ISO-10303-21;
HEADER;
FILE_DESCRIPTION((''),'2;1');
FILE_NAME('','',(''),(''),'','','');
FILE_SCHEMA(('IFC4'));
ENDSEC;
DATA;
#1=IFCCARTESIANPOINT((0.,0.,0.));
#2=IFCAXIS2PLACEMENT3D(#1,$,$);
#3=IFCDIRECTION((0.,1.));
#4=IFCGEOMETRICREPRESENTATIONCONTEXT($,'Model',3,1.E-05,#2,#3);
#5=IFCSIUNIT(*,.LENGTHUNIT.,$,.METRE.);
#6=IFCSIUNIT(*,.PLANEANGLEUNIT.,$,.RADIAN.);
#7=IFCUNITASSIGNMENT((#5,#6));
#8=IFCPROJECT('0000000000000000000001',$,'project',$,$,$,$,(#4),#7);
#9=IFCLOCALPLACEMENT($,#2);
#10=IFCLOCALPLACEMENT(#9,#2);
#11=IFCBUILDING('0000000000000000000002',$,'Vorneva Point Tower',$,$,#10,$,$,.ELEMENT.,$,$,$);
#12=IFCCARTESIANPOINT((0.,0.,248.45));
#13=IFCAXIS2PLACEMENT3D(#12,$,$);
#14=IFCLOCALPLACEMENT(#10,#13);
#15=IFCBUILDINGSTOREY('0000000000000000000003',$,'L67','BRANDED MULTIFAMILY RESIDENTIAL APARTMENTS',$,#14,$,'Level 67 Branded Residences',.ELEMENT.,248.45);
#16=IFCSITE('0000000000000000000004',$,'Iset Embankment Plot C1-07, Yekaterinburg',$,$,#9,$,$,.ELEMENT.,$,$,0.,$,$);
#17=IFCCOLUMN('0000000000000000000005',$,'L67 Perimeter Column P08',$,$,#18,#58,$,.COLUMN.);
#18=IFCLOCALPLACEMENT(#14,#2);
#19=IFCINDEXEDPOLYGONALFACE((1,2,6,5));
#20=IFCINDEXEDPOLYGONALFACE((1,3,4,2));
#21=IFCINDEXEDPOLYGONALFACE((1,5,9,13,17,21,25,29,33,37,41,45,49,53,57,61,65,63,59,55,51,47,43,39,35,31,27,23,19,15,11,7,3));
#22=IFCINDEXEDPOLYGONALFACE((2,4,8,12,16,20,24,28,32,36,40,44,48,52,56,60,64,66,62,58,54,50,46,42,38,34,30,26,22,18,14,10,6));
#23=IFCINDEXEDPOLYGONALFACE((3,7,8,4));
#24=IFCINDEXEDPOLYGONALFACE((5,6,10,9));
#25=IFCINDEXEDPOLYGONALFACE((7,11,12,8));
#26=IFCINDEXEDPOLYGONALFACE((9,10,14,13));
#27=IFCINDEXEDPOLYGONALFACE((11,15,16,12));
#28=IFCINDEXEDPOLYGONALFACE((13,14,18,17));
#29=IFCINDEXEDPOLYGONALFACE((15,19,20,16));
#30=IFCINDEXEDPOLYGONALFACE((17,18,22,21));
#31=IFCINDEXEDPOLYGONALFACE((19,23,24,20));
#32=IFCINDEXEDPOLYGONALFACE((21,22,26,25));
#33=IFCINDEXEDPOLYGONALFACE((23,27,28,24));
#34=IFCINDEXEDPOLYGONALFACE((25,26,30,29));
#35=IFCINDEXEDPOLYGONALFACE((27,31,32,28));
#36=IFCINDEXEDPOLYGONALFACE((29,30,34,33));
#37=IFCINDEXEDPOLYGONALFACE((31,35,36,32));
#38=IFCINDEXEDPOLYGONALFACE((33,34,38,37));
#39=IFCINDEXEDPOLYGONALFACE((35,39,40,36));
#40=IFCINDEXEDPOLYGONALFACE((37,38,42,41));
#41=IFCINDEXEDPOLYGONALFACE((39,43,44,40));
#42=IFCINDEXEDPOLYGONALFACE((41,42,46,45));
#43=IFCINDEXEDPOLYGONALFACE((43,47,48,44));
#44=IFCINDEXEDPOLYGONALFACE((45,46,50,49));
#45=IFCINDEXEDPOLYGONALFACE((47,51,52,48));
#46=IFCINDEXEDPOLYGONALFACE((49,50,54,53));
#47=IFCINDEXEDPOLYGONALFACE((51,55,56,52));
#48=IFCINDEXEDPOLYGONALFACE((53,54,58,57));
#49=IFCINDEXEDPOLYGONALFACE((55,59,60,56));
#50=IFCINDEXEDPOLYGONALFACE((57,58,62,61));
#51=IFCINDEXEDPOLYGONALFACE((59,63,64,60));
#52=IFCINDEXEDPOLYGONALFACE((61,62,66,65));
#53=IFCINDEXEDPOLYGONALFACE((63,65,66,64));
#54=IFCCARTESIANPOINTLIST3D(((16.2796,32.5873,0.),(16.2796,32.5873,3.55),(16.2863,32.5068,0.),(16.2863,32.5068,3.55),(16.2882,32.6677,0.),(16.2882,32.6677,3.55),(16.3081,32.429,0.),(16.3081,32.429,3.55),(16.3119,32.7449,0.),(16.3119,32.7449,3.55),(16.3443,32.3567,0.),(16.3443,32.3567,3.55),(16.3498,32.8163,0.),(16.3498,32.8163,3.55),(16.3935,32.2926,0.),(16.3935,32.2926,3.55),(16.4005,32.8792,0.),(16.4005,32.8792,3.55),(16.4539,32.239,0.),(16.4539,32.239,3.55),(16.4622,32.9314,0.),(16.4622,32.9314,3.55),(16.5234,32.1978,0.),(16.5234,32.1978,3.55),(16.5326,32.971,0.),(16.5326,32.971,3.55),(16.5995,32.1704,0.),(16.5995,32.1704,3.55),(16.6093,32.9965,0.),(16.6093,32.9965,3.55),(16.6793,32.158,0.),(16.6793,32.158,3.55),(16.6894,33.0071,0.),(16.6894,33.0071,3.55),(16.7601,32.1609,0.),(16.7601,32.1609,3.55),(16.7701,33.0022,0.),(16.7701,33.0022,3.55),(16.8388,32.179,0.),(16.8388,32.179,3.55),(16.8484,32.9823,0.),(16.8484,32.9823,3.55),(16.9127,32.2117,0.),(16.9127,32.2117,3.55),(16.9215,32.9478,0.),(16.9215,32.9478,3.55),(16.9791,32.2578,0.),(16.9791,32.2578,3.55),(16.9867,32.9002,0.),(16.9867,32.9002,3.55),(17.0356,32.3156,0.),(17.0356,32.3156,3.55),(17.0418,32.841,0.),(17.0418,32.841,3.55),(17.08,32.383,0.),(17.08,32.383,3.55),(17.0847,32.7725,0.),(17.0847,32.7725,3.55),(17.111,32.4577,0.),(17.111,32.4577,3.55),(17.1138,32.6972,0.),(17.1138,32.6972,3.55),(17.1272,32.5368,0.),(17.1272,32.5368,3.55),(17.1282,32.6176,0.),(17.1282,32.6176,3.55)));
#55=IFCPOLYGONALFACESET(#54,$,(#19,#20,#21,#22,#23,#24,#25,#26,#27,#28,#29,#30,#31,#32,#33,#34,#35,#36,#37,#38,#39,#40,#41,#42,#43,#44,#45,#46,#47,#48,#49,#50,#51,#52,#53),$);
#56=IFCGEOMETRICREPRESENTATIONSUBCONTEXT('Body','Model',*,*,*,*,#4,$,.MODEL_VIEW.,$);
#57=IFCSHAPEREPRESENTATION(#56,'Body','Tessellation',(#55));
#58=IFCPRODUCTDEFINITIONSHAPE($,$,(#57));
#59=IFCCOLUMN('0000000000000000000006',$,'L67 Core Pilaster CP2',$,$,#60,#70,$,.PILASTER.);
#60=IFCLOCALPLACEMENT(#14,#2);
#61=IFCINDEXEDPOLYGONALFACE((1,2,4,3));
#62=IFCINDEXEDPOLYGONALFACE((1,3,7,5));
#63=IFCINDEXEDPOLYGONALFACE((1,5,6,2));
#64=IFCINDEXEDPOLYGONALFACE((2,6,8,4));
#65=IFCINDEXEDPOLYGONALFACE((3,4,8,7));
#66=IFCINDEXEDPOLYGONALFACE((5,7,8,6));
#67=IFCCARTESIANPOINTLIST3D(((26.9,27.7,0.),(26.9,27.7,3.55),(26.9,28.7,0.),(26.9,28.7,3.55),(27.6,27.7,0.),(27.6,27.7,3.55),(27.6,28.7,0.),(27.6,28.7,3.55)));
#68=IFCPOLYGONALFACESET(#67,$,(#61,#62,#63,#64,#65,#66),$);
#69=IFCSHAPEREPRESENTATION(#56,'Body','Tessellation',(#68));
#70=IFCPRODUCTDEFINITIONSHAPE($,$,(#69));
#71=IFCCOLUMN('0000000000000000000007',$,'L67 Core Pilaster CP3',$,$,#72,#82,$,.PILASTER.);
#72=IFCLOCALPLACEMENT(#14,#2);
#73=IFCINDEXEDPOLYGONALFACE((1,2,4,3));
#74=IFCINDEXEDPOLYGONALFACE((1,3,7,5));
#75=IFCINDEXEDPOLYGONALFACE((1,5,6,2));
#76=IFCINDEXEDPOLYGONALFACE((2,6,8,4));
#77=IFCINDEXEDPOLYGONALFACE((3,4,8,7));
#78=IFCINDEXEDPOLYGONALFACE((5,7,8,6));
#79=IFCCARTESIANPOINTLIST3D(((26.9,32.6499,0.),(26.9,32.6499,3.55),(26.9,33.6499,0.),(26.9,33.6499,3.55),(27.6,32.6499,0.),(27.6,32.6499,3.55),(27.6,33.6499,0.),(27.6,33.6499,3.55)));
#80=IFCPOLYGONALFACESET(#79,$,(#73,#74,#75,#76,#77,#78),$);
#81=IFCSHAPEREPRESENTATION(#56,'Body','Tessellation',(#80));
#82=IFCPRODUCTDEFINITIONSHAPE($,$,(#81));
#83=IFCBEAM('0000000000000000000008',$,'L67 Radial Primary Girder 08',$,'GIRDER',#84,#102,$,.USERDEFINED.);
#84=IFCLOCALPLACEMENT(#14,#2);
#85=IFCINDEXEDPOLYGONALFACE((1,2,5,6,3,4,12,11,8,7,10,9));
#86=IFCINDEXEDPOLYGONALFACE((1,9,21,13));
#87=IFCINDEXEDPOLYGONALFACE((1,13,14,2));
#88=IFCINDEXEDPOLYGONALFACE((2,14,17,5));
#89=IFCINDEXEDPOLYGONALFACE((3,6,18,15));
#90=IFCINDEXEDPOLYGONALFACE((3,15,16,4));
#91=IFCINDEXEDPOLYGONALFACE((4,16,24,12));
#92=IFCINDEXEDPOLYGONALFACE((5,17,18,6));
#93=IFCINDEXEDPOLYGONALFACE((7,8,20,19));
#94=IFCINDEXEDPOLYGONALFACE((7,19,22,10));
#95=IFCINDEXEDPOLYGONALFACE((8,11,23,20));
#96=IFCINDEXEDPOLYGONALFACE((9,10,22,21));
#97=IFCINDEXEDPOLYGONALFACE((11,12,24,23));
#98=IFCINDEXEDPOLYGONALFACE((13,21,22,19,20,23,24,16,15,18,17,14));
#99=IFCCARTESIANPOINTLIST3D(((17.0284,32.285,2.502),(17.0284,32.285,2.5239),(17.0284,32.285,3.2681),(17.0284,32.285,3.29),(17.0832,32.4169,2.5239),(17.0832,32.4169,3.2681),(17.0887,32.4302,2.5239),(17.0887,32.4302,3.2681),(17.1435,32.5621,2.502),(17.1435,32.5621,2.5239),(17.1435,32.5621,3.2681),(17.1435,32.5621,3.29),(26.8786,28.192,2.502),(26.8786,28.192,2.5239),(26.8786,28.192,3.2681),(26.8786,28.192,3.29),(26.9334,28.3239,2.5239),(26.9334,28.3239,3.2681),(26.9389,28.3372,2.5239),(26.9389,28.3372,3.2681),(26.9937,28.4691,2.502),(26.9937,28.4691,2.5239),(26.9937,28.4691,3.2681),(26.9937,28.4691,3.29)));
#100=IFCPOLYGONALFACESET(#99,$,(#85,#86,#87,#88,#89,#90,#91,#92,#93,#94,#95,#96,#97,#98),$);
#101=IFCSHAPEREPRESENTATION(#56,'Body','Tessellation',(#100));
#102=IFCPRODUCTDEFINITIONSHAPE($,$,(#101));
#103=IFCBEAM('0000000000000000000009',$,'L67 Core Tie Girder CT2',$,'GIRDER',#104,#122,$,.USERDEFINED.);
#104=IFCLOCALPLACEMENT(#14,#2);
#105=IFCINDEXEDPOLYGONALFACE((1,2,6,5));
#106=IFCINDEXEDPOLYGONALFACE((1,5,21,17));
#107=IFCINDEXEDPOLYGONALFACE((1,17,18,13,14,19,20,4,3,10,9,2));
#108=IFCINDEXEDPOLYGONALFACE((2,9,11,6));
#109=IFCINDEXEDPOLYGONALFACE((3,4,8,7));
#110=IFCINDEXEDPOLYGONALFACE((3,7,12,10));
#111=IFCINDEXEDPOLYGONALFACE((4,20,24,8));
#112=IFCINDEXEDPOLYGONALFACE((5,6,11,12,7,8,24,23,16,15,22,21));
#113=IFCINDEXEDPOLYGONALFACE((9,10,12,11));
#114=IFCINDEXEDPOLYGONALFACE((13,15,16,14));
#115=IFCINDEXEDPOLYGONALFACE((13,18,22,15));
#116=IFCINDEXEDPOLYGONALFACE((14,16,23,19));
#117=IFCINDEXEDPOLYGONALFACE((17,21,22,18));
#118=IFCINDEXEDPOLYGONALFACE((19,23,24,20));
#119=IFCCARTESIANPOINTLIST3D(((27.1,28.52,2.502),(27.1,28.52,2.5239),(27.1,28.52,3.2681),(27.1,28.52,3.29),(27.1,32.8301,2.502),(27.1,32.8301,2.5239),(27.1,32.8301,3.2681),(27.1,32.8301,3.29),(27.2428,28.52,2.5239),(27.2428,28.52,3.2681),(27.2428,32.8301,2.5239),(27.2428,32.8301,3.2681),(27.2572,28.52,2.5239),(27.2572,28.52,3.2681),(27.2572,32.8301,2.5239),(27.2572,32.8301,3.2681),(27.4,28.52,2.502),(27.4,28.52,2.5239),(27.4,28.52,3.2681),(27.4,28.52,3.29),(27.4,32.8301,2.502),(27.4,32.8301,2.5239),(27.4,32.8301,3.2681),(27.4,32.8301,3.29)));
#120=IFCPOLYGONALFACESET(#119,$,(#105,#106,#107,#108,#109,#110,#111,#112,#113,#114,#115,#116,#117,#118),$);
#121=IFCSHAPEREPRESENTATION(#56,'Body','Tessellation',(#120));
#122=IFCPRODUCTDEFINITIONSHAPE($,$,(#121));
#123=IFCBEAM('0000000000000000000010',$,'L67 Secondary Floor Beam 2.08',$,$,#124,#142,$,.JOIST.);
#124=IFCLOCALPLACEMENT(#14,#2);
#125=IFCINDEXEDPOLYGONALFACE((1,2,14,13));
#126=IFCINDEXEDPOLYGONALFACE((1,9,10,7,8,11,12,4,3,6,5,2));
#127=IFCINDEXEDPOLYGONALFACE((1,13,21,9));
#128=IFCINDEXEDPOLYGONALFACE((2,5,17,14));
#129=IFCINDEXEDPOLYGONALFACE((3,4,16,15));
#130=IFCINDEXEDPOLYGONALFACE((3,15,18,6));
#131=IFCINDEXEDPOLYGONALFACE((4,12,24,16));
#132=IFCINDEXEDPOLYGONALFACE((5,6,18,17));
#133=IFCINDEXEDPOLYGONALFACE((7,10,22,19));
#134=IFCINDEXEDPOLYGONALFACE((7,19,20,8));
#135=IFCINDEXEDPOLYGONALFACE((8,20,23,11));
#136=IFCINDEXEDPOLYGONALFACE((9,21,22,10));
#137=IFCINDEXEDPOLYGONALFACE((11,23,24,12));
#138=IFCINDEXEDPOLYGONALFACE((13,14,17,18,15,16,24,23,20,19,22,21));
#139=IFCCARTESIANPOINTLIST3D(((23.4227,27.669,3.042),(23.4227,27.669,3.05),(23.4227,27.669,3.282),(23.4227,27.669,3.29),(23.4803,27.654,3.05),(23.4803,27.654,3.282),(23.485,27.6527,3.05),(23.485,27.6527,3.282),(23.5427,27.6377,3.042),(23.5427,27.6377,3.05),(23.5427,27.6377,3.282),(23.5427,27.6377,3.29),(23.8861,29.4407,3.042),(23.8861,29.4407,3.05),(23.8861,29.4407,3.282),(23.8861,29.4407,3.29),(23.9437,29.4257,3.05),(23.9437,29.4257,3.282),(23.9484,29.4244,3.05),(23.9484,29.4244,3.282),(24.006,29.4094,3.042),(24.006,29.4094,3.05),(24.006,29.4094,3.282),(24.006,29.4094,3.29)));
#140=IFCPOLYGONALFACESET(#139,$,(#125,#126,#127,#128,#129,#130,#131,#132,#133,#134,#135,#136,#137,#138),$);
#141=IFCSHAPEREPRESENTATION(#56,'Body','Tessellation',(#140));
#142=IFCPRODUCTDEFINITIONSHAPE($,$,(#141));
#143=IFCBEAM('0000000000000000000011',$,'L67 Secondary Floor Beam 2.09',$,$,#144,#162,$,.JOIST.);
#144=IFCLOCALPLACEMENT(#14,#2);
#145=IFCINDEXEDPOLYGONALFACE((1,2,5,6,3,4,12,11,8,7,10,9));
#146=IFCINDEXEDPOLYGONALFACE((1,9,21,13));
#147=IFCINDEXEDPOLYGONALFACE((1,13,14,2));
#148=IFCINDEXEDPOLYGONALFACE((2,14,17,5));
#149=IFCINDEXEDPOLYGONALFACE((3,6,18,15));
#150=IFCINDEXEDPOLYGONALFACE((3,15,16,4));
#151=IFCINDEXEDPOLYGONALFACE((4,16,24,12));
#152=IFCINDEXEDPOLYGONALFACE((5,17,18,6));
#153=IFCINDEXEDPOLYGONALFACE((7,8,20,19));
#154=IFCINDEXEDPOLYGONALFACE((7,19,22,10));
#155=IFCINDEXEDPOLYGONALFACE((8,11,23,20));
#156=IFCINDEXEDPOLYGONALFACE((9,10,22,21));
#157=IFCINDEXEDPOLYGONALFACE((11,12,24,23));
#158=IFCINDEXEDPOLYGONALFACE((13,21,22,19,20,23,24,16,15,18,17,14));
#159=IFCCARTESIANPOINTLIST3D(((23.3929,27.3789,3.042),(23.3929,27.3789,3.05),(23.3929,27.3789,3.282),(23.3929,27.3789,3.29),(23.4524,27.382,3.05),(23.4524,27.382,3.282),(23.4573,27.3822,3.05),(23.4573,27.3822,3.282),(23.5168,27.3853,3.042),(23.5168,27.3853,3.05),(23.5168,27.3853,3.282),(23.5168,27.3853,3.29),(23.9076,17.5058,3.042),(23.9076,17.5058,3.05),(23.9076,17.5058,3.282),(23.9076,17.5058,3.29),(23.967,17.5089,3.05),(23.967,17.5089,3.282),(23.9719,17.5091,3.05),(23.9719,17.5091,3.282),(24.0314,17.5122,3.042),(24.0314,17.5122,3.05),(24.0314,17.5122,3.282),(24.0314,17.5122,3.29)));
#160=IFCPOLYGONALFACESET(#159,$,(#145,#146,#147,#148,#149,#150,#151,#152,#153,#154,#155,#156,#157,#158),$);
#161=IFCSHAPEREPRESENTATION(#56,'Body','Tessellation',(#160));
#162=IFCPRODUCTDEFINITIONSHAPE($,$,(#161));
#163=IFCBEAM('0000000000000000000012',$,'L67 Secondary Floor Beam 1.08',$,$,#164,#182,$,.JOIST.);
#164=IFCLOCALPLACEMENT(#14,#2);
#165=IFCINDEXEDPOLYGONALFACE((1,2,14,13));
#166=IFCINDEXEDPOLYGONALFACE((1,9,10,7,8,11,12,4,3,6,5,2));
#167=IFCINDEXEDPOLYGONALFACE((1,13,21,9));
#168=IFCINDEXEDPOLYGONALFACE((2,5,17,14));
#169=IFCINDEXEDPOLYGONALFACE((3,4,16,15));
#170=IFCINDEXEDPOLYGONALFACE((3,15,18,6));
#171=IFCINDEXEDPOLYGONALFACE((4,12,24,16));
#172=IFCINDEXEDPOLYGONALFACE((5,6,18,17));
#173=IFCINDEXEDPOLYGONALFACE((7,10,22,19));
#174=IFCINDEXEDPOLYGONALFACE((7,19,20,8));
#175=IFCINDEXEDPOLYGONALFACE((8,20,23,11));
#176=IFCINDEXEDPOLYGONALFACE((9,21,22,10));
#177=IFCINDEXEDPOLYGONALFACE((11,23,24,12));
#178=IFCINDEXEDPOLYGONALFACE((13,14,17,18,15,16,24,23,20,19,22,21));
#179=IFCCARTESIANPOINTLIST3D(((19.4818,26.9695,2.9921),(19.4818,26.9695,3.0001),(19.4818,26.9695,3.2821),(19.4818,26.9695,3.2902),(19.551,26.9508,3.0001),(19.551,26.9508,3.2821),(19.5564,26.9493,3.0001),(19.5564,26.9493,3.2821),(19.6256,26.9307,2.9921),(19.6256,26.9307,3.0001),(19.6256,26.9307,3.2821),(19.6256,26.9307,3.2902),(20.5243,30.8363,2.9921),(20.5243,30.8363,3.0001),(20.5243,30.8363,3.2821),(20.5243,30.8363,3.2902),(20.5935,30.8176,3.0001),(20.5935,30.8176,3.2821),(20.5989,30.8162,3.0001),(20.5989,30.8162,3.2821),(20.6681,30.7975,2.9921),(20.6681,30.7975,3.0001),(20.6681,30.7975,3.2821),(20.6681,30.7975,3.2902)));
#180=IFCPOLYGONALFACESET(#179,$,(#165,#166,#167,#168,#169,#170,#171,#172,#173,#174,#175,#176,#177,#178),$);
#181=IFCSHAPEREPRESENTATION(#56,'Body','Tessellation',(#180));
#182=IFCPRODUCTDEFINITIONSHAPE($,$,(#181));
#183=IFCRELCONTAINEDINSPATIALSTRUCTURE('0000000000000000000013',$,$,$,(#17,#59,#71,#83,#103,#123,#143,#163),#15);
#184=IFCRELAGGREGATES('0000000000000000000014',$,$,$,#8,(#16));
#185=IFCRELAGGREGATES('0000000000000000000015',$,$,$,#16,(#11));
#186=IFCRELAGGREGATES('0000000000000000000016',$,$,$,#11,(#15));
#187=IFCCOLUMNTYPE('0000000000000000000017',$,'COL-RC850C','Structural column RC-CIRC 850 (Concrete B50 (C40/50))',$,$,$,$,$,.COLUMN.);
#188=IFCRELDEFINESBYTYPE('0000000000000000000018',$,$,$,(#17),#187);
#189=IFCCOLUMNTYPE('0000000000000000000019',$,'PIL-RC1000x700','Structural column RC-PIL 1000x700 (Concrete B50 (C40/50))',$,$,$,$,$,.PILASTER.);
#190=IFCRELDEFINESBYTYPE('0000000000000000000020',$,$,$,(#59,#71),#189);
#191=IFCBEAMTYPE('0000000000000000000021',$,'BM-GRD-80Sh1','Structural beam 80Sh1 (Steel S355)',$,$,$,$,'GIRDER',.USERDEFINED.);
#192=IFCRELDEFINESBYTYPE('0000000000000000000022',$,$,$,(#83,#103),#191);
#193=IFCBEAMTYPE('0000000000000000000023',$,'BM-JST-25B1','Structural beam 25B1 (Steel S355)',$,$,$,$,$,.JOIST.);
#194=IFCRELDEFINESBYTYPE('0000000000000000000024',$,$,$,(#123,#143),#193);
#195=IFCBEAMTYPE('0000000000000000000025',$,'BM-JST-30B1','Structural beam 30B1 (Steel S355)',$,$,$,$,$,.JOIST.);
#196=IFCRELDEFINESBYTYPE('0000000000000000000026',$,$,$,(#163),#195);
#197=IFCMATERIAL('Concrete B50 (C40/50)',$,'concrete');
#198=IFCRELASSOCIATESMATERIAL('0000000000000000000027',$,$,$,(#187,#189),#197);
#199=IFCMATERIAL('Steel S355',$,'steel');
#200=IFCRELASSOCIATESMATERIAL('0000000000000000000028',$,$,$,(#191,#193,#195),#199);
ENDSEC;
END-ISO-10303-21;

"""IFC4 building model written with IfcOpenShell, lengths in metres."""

from ifc_helpers import new_model, si_unit, direction, frame, origin, origin_2d, place, context, subcontext, project, spatial, rectangle, circle, i_section, extrude, material, material_profile, profile_set, type_object, element, save


model = new_model("IFC4")

# Units and contexts
model_context = context("Model", 3, precision=1e-05, world=origin(), true_north=direction((0.0, 1.0)))
body_context = subcontext(model_context, "Body", "Model", "MODEL_VIEW")
ifc_project = project(units=[si_unit("LENGTHUNIT", "METRE"), si_unit("PLANEANGLEUNIT", "RADIAN")], contexts=[model_context])

# Site, building, storey
site_placement = place(None, origin())
site = spatial("IfcSite", under=ifc_project, at=site_placement, Name="Iset Embankment Plot C1-07, Yekaterinburg", CompositionType="ELEMENT", RefElevation=0.0)
building_placement = place(site_placement, origin())
building = spatial("IfcBuilding", under=site, at=building_placement, Name="Vorneva Point Tower", CompositionType="ELEMENT")
storey_placement = place(building_placement, frame((0.0, 0.0, 248.45)))
storey = spatial("IfcBuildingStorey", under=building, at=storey_placement, Name="L67", Description="BRANDED MULTIFAMILY RESIDENTIAL APARTMENTS", LongName="Level 67 Branded Residences", CompositionType="ELEMENT", Elevation=248.45)

# Columns
ifc_material_1 = material(Name="Concrete B50 (C40/50)", Category="concrete")
ifc_material_profile_1 = material_profile(ifc_material_1, circle(Radius=0.425, at=origin_2d()), Name="RC-CIRC 850")
ifc_profile_set_1 = profile_set([ifc_material_profile_1], Name="Concrete B50 (C40/50)")
column_type_1 = type_object("IfcColumnType", Name="COL-RC850C", Description="Structural column RC-CIRC 850 (Concrete B50 (C40/50))", PredefinedType="COLUMN", material=ifc_profile_set_1)
column_placement = place(storey_placement, frame((16.7046, 32.5823, 0.0), z_axis=(0.0, 0.0, 1.0), x_axis=(-0.92388, 0.382683, 0.0)))
element("IfcColumn", 1, at=column_placement, inside=storey, type_object=column_type_1, Name="L67 Perimeter Column P08", PredefinedType="COLUMN", context=body_context, shape_type="SweptSolid", body=[
    extrude(circle(Radius=0.425, at=origin_2d()), origin(), (0.0, 0.0, 1.0), 3.55),
])
ifc_material_profile_2 = material_profile(ifc_material_1, rectangle(XDim=0.7, YDim=1.0, at=origin_2d()), Name="RC-PIL 1000x700")
ifc_profile_set_2 = profile_set([ifc_material_profile_2], Name="Concrete B50 (C40/50)")
column_type_2 = type_object("IfcColumnType", Name="PIL-RC1000x700", Description="Structural column RC-PIL 1000x700 (Concrete B50 (C40/50))", PredefinedType="PILASTER", material=ifc_profile_set_2)
for number, where, z_axis, x_axis, name in (
    (2, (27.25, 28.2, 0.0), (0.0, 0.0, 1.0), (1.0, 0.0, 0.0), "L67 Core Pilaster CP2"),
    (3, (27.25, 33.1499, 0.0), (0.0, 0.0, 1.0), (1.0, 0.0, 0.0), "L67 Core Pilaster CP3"),
):
    element("IfcColumn", number, at=place(storey_placement, frame(where, z_axis=z_axis, x_axis=x_axis)), inside=storey, type_object=column_type_2, Name=name, PredefinedType="PILASTER", context=body_context, shape_type="SweptSolid", body=[
        extrude(rectangle(XDim=0.7, YDim=1.0, at=origin_2d()), origin(), (0.0, 0.0, 1.0), 3.55),
    ])

# Beams
ifc_material_2 = material(Name="Steel S355", Category="steel")
ifc_material_profile_3 = material_profile(ifc_material_2, i_section(OverallWidth=0.3, OverallDepth=0.7881, WebThickness=0.0144, FlangeThickness=0.022, at=origin_2d()), Name="80Sh1")
ifc_profile_set_3 = profile_set([ifc_material_profile_3], Name="Steel S355")
beam_type_1 = type_object("IfcBeamType", Name="BM-GRD-80Sh1", Description="Structural beam 80Sh1 (Steel S355)", ElementType="GIRDER", PredefinedType="USERDEFINED", material=ifc_profile_set_3)
beam_1_placement = place(storey_placement, frame((17.0859, 32.4236, 2.896), z_axis=(0.923449, -0.383721, 0.0), x_axis=(0.383721, 0.923449, 0.0)))
element("IfcBeam", 4, at=beam_1_placement, inside=storey, type_object=beam_type_1, Name="L67 Radial Primary Girder 08", ObjectType="GIRDER", PredefinedType="USERDEFINED", context=body_context, shape_type="SweptSolid", body=[
    extrude(i_section(OverallWidth=0.3, OverallDepth=0.7881, WebThickness=0.0144, FlangeThickness=0.022, at=origin_2d()), origin(), (0.0, 0.0, 1.0), 10.6667),
])
beam_2_placement = place(storey_placement, frame((27.25, 28.52, 2.896), z_axis=(0.0, 1.0, 0.0), x_axis=(-1.0, 0.0, 0.0)))
element("IfcBeam", 5, at=beam_2_placement, inside=storey, type_object=beam_type_1, Name="L67 Core Tie Girder CT2", ObjectType="GIRDER", PredefinedType="USERDEFINED", context=body_context, shape_type="SweptSolid", body=[
    extrude(i_section(OverallWidth=0.3, OverallDepth=0.7881, WebThickness=0.0144, FlangeThickness=0.022, at=origin_2d()), origin(), (0.0, 0.0, 1.0), 4.3101),
])
ifc_material_profile_4 = material_profile(ifc_material_2, i_section(OverallWidth=0.124, OverallDepth=0.248, WebThickness=0.0049, FlangeThickness=0.0081, at=origin_2d()), Name="25B1")
ifc_profile_set_4 = profile_set([ifc_material_profile_4], Name="Steel S355")
beam_type_2 = type_object("IfcBeamType", Name="BM-JST-25B1", Description="Structural beam 25B1 (Steel S355)", PredefinedType="JOIST", material=ifc_profile_set_4)
beam_3_placement = place(storey_placement, frame((23.946, 29.425, 3.166), z_axis=(-0.25303, -0.967459, 0.0), x_axis=(0.967459, -0.25303, 0.0)))
element("IfcBeam", 6, at=beam_3_placement, inside=storey, type_object=beam_type_2, Name="L67 Secondary Floor Beam 2.08", PredefinedType="JOIST", context=body_context, shape_type="SweptSolid", body=[
    extrude(i_section(OverallWidth=0.124, OverallDepth=0.248, WebThickness=0.0049, FlangeThickness=0.0081, at=origin_2d()), origin(), (0.0, 0.0, 1.0), 1.8313),
])
beam_4_placement = place(storey_placement, frame((23.4548, 27.3821, 3.166), z_axis=(0.052056, -0.998644, 0.0), x_axis=(0.998644, 0.052056, 0.0)))
element("IfcBeam", 7, at=beam_4_placement, inside=storey, type_object=beam_type_2, Name="L67 Secondary Floor Beam 2.09", PredefinedType="JOIST", context=body_context, shape_type="SweptSolid", body=[
    extrude(i_section(OverallWidth=0.124, OverallDepth=0.248, WebThickness=0.0049, FlangeThickness=0.0081, at=origin_2d()), origin(), (0.0, 0.0, 1.0), 9.8865),
])
ifc_material_profile_5 = material_profile(ifc_material_2, i_section(OverallWidth=0.1489, OverallDepth=0.2981, WebThickness=0.0056, FlangeThickness=0.0081, at=origin_2d()), Name="30B1")
ifc_profile_set_5 = profile_set([ifc_material_profile_5], Name="Steel S355")
beam_type_3 = type_object("IfcBeamType", Name="BM-JST-30B1", Description="Structural beam 30B1 (Steel S355)", PredefinedType="JOIST", material=ifc_profile_set_5)
beam_5_placement = place(storey_placement, frame((20.5962, 30.8169, 3.1411), z_axis=(-0.26031, -0.965525, 0.0), x_axis=(0.965525, -0.26031, 0.0)))
element("IfcBeam", 8, at=beam_5_placement, inside=storey, type_object=beam_type_3, Name="L67 Secondary Floor Beam 1.08", PredefinedType="JOIST", context=body_context, shape_type="SweptSolid", body=[
    extrude(i_section(OverallWidth=0.1489, OverallDepth=0.2981, WebThickness=0.0056, FlangeThickness=0.0081, at=origin_2d()), origin(), (0.0, 0.0, 1.0), 4.0049),
])

save(model, "model.ifc")
